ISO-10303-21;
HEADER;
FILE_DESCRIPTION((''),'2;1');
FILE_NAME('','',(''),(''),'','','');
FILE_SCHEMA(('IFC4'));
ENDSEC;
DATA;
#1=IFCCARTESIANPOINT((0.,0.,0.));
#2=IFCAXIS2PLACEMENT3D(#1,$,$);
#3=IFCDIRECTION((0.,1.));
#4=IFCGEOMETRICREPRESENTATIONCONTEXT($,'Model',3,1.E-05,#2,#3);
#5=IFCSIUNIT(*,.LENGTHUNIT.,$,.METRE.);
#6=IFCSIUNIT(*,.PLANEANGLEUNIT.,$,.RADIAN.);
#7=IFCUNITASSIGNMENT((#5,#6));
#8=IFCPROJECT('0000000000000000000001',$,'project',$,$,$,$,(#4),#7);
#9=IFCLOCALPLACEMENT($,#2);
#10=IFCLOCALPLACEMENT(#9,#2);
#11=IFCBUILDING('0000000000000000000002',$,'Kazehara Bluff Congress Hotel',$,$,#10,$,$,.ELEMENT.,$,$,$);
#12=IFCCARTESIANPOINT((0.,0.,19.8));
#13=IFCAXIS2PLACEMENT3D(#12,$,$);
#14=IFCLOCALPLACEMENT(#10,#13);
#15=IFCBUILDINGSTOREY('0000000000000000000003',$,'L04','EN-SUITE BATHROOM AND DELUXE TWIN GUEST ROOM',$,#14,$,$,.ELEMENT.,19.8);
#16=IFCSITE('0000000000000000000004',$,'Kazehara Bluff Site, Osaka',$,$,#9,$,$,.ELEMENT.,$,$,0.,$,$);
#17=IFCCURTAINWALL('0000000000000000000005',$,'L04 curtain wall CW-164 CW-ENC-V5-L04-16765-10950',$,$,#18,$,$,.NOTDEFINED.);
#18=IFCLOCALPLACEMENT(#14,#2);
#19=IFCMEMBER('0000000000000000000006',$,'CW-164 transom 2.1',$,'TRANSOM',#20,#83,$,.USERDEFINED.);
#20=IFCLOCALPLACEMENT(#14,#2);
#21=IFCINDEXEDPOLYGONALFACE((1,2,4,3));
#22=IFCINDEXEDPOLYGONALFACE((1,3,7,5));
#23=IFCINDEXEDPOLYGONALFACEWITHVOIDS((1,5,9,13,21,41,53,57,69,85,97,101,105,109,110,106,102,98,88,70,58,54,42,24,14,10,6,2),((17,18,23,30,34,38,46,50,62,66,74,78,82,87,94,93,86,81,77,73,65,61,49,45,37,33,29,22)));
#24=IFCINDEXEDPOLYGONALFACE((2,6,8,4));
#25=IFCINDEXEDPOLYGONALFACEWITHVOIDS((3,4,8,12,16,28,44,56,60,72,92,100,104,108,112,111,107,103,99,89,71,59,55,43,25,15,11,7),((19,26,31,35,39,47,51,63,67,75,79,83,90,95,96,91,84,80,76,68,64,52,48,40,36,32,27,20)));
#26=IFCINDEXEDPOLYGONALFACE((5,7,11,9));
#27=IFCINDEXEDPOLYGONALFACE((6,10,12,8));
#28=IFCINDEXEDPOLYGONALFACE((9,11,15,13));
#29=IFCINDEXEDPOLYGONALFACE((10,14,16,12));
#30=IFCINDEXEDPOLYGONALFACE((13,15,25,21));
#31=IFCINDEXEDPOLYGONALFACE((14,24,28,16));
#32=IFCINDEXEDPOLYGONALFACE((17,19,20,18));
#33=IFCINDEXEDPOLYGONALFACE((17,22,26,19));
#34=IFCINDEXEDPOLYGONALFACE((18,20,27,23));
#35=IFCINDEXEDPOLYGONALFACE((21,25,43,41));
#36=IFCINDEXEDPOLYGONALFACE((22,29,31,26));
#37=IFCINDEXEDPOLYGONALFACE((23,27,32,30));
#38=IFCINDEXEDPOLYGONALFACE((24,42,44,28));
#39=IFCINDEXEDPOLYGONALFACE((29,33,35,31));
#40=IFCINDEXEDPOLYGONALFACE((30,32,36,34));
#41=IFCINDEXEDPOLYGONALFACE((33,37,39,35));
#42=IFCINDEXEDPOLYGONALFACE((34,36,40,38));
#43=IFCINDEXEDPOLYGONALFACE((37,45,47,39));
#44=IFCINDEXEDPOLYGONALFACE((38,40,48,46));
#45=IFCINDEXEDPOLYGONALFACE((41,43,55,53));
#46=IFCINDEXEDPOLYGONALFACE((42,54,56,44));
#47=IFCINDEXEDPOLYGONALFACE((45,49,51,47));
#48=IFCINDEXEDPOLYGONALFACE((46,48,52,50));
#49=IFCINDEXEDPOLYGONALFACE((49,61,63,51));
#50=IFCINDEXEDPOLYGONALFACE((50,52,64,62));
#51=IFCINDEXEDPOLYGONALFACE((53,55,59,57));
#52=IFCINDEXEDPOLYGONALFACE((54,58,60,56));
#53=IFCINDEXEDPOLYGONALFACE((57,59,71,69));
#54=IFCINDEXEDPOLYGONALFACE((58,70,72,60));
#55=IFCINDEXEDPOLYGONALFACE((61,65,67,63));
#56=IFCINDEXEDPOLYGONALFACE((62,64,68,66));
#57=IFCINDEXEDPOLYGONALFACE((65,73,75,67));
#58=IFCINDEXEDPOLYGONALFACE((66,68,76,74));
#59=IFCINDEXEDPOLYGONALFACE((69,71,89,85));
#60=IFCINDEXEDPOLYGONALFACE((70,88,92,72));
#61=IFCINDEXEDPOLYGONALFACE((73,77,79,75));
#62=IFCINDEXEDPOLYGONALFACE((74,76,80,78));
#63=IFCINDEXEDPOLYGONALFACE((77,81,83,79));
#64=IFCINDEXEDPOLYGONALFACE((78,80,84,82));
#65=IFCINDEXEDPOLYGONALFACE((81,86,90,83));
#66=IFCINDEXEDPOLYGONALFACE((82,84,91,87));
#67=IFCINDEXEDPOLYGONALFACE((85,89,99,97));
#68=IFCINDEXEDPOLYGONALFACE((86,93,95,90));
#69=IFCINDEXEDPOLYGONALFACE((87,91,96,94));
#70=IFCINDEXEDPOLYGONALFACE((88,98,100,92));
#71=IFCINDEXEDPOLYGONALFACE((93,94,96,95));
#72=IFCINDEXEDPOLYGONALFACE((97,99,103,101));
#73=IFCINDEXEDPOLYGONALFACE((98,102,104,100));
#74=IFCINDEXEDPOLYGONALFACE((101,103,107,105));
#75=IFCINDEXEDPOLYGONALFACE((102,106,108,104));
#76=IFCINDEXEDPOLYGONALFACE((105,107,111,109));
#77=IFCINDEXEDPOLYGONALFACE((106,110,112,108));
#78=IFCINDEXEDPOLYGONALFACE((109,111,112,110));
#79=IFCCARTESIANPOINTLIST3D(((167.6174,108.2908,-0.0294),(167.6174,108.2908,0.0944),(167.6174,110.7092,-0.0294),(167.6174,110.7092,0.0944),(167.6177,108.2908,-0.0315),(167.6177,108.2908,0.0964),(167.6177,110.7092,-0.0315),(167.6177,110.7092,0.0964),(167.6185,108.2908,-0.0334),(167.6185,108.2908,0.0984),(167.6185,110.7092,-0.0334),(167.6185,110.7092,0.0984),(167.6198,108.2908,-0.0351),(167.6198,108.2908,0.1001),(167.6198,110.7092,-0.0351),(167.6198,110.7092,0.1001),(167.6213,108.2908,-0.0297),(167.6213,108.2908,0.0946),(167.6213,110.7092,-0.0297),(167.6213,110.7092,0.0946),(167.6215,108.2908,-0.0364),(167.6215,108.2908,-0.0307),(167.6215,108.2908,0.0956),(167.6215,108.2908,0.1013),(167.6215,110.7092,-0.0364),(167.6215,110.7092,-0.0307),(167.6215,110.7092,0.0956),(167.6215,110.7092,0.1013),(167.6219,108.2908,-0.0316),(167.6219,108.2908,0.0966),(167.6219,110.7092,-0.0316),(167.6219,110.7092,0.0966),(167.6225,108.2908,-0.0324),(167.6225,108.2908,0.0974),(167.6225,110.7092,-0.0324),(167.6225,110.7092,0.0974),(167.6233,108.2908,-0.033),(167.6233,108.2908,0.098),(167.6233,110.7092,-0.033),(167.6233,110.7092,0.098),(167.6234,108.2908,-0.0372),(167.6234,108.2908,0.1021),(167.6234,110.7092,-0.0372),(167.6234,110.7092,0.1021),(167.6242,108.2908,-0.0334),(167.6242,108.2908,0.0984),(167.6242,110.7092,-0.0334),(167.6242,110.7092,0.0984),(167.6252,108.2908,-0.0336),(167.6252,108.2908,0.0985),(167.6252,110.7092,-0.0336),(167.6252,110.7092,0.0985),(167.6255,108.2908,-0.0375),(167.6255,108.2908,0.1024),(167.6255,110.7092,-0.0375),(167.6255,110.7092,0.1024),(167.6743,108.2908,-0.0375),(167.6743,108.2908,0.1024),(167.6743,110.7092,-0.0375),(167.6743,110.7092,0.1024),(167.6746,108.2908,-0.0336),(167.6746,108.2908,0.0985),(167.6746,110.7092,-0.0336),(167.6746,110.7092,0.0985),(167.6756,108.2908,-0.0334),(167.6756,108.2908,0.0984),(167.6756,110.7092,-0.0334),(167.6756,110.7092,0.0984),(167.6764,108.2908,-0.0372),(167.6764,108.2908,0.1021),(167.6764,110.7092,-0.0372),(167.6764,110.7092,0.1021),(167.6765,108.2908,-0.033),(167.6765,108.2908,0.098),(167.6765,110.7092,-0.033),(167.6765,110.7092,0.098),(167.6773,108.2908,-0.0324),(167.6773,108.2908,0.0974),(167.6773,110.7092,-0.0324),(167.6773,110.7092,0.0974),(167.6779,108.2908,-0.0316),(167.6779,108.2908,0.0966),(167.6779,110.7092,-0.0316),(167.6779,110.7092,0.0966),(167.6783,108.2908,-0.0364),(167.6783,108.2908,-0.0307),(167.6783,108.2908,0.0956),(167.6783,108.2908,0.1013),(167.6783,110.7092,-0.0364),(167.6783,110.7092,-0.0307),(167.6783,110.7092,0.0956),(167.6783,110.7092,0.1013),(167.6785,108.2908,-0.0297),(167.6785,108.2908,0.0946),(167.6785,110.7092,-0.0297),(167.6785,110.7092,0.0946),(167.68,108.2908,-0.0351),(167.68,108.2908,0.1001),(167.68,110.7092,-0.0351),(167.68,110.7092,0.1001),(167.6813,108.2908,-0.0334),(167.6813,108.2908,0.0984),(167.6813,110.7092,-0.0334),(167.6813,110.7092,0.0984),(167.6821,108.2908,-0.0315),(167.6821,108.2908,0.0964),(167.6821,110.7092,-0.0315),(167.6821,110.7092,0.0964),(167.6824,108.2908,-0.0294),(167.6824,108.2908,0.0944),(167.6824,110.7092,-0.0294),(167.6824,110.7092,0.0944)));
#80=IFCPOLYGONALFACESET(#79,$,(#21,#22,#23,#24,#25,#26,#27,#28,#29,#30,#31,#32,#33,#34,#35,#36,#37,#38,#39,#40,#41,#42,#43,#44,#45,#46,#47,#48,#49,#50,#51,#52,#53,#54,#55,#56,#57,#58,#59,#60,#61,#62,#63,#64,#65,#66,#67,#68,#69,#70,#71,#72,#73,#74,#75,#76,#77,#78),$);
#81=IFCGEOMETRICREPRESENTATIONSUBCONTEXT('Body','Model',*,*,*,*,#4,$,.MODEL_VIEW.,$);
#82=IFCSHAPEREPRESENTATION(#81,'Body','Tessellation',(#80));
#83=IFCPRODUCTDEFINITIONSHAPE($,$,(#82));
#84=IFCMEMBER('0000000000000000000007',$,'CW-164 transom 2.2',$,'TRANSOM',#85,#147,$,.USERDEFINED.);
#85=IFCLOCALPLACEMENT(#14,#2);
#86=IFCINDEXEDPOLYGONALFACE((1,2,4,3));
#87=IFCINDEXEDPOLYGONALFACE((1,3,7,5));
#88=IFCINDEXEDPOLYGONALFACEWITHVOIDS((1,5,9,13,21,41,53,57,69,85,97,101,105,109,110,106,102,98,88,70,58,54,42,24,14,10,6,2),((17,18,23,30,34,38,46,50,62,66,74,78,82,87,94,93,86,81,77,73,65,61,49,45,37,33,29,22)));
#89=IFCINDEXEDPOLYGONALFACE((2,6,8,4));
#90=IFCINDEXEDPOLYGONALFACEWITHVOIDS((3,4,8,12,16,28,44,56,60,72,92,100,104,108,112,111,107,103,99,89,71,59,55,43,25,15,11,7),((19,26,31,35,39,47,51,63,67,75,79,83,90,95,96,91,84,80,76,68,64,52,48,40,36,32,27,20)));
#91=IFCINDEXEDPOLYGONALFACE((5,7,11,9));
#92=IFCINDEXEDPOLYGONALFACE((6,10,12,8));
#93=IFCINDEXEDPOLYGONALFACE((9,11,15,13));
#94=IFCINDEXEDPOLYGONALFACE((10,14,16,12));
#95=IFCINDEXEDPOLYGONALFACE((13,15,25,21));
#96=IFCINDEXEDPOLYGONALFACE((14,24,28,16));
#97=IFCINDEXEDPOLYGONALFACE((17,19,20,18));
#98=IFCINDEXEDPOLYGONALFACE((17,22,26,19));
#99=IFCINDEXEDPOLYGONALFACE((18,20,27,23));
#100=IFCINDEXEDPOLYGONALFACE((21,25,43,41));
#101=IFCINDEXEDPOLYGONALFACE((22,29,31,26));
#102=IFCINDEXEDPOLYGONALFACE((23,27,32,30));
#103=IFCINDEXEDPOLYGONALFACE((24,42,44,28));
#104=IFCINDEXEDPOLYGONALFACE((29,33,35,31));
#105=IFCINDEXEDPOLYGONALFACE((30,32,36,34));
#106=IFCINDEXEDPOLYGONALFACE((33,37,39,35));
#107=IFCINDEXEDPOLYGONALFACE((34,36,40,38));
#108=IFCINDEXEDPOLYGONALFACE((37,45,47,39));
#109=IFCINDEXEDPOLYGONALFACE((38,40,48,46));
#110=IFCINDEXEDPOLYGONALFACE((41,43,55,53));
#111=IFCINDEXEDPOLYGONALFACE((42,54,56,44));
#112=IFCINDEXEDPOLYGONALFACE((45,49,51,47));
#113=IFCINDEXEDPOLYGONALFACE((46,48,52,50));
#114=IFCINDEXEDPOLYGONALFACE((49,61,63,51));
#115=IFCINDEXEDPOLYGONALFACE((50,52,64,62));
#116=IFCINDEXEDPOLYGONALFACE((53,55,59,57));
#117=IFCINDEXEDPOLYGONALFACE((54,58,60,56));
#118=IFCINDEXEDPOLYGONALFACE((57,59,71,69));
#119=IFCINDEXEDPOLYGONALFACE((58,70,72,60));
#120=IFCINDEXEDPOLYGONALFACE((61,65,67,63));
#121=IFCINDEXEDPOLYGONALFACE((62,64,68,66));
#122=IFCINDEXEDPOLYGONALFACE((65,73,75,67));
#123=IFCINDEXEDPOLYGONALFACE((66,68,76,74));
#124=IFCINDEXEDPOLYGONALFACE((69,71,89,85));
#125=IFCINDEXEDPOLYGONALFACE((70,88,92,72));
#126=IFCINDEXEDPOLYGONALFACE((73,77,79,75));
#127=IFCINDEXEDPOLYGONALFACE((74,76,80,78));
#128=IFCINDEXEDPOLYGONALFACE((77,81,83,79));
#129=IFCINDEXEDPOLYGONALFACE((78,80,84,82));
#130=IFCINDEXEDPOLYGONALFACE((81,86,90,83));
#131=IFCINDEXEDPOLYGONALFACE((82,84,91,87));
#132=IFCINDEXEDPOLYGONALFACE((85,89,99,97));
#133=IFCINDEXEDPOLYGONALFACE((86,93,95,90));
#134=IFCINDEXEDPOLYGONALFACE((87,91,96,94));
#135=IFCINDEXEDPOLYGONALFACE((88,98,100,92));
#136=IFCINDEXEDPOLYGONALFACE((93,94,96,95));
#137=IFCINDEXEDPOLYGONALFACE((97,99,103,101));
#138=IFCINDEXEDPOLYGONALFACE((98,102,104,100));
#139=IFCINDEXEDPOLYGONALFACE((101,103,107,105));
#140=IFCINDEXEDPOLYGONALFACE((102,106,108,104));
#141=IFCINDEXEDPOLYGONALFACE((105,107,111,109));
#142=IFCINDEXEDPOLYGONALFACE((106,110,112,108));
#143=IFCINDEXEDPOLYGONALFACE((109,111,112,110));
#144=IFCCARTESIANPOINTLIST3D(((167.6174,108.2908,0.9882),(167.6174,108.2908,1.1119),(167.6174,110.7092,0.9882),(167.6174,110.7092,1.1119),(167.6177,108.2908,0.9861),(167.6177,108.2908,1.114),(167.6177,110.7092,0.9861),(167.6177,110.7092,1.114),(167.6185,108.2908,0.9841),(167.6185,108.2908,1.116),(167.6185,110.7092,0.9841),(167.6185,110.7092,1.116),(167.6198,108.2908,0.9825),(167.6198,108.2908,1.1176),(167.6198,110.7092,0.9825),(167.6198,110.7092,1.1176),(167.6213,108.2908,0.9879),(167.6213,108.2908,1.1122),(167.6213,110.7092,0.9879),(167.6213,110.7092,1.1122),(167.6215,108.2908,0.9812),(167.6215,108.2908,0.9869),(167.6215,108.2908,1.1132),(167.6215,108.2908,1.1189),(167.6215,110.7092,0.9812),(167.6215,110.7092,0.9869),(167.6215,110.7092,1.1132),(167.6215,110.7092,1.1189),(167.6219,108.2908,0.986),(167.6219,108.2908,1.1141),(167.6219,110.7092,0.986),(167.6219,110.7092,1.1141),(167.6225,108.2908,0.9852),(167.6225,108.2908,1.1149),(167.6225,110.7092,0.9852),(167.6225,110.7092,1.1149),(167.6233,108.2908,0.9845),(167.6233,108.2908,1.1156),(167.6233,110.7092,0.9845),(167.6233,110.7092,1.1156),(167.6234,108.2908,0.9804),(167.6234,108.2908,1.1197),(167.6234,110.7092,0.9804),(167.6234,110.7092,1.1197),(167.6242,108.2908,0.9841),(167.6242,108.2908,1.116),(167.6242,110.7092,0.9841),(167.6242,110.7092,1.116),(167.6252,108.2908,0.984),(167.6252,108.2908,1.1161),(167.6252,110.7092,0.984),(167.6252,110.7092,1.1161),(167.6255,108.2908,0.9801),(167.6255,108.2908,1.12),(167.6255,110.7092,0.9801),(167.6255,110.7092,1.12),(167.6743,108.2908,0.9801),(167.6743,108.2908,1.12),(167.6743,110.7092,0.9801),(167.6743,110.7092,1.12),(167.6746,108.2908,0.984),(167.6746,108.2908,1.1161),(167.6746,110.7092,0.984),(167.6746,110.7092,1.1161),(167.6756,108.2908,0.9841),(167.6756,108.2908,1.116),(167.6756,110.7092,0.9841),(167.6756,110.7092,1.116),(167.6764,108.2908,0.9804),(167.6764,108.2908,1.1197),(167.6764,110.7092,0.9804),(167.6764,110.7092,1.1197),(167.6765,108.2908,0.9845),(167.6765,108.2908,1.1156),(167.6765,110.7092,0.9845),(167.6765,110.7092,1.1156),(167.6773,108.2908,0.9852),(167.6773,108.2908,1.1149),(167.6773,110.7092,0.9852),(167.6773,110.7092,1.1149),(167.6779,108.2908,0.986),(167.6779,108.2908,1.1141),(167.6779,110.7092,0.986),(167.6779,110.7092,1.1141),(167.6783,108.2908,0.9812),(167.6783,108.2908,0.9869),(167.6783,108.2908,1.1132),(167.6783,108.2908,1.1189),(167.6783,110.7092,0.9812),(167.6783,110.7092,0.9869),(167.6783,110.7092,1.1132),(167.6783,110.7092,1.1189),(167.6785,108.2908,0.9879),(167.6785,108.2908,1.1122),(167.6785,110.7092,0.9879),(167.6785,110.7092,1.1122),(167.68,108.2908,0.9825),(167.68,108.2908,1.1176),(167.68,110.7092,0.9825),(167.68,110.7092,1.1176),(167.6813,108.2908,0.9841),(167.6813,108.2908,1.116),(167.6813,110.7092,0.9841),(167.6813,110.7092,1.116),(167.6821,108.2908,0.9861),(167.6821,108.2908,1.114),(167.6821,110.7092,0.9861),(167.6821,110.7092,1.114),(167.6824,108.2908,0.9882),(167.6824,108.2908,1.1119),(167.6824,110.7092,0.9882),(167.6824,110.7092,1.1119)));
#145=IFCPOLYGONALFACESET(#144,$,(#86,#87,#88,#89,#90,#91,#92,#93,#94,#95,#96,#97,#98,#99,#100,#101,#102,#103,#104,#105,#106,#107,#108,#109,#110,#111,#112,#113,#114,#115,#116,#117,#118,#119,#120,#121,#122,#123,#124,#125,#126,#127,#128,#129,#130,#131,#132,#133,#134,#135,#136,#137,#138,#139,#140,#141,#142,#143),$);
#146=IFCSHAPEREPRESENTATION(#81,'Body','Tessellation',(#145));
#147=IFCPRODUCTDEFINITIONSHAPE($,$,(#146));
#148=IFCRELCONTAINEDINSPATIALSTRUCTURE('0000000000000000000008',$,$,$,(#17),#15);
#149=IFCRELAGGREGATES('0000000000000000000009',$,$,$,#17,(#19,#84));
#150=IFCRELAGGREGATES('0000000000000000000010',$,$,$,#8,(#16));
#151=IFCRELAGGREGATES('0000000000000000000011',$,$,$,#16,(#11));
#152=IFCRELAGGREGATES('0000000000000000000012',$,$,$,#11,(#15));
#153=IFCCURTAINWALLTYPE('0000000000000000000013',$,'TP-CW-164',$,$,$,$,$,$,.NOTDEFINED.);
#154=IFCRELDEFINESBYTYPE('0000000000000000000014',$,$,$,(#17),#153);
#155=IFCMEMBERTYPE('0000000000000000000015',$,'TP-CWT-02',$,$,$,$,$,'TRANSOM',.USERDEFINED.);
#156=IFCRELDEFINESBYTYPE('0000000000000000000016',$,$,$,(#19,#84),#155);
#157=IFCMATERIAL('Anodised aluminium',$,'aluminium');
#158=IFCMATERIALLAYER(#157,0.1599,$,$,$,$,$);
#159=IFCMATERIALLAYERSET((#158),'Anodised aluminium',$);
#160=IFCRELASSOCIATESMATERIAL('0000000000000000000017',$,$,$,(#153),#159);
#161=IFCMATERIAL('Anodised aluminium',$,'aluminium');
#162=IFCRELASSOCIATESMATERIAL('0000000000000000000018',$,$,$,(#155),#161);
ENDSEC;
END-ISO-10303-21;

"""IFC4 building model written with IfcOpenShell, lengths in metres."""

from ifc_helpers import new_model, si_unit, direction, frame, origin, origin_2d, place, context, subcontext, project, spatial, hollow_rectangle, extrude, material, layer, layer_set, material_profile, profile_set, type_object, element, aggregate, save


model = new_model("IFC4")

# Units and contexts
model_context = context("Model", 3, precision=1e-05, world=origin(), true_north=direction((0.0, 1.0)))
body_context = subcontext(model_context, "Body", "Model", "MODEL_VIEW")
ifc_project = project(units=[si_unit("LENGTHUNIT", "METRE"), si_unit("PLANEANGLEUNIT", "RADIAN")], contexts=[model_context])

# Site, building, storey
site_placement = place(None, origin())
site = spatial("IfcSite", under=ifc_project, at=site_placement, Name="Kazehara Bluff Site, Osaka", CompositionType="ELEMENT", RefElevation=0.0)
building_placement = place(site_placement, origin())
building = spatial("IfcBuilding", under=site, at=building_placement, Name="Kazehara Bluff Congress Hotel", CompositionType="ELEMENT")
storey_placement = place(building_placement, frame((0.0, 0.0, 19.8)))
storey = spatial("IfcBuildingStorey", under=building, at=storey_placement, Name="L04", Description="EN-SUITE BATHROOM AND DELUXE TWIN GUEST ROOM", CompositionType="ELEMENT", Elevation=19.8)

# Curtain wall
ifc_material_1 = material(Name="Anodised aluminium", Category="aluminium")
ifc_layer_1 = layer(ifc_material_1, 0.1599)
ifc_layer_set_1 = layer_set([ifc_layer_1], Name="Anodised aluminium")
curtain_wall_type_1 = type_object("IfcCurtainWallType", Name="TP-CW-164", PredefinedType="NOTDEFINED", material=ifc_layer_set_1)
curtain_wall_1_placement = place(storey_placement, origin())
curtain_wall_1 = element("IfcCurtainWall", 1, at=curtain_wall_1_placement, inside=storey, type_object=curtain_wall_type_1, Name="L04 curtain wall CW-164 CW-ENC-V5-L04-16765-10950", PredefinedType="NOTDEFINED")

# Members
ifc_material_2 = material(Name="Anodised aluminium", Category="aluminium")
ifc_material_profile_1 = material_profile(ifc_material_2, hollow_rectangle(XDim=0.0649, YDim=0.1399, WallThickness=0.0039, InnerFilletRadius=0.0039, OuterFilletRadius=0.0081, at=origin_2d()))
ifc_profile_set_1 = profile_set([ifc_material_profile_1], Name="Anodised aluminium")
member_type_1 = type_object("IfcMemberType", Name="TP-CWT-02", ElementType="TRANSOM", PredefinedType="USERDEFINED", material=ifc_profile_set_1)
member_1_placement = place(storey_placement, frame((167.6499, 110.7092, 0.0325), z_axis=(0.0, -1.0, 0.0), x_axis=(1.0, 0.0, 0.0)))
member_1 = element("IfcMember", 2, at=member_1_placement, type_object=member_type_1, Name="CW-164 transom 2.1", ObjectType="TRANSOM", PredefinedType="USERDEFINED", context=body_context, shape_type="SweptSolid", body=[
    extrude(hollow_rectangle(XDim=0.0649, YDim=0.1399, WallThickness=0.0039, InnerFilletRadius=0.0039, OuterFilletRadius=0.0081, at=origin_2d()), origin(), (0.0, 0.0, 1.0), 2.4185),
])
member_2_placement = place(storey_placement, frame((167.6499, 110.7092, 1.05), z_axis=(0.0, -1.0, 0.0), x_axis=(1.0, 0.0, 0.0)))
member_2 = element("IfcMember", 3, at=member_2_placement, type_object=member_type_1, Name="CW-164 transom 2.2", ObjectType="TRANSOM", PredefinedType="USERDEFINED", context=body_context, shape_type="SweptSolid", body=[
    extrude(hollow_rectangle(XDim=0.0649, YDim=0.1399, WallThickness=0.0039, InnerFilletRadius=0.0039, OuterFilletRadius=0.0081, at=origin_2d()), origin(), (0.0, 0.0, 1.0), 2.4185),
])

aggregate(curtain_wall_1, [member_1, member_2])

save(model, "model.ifc")
